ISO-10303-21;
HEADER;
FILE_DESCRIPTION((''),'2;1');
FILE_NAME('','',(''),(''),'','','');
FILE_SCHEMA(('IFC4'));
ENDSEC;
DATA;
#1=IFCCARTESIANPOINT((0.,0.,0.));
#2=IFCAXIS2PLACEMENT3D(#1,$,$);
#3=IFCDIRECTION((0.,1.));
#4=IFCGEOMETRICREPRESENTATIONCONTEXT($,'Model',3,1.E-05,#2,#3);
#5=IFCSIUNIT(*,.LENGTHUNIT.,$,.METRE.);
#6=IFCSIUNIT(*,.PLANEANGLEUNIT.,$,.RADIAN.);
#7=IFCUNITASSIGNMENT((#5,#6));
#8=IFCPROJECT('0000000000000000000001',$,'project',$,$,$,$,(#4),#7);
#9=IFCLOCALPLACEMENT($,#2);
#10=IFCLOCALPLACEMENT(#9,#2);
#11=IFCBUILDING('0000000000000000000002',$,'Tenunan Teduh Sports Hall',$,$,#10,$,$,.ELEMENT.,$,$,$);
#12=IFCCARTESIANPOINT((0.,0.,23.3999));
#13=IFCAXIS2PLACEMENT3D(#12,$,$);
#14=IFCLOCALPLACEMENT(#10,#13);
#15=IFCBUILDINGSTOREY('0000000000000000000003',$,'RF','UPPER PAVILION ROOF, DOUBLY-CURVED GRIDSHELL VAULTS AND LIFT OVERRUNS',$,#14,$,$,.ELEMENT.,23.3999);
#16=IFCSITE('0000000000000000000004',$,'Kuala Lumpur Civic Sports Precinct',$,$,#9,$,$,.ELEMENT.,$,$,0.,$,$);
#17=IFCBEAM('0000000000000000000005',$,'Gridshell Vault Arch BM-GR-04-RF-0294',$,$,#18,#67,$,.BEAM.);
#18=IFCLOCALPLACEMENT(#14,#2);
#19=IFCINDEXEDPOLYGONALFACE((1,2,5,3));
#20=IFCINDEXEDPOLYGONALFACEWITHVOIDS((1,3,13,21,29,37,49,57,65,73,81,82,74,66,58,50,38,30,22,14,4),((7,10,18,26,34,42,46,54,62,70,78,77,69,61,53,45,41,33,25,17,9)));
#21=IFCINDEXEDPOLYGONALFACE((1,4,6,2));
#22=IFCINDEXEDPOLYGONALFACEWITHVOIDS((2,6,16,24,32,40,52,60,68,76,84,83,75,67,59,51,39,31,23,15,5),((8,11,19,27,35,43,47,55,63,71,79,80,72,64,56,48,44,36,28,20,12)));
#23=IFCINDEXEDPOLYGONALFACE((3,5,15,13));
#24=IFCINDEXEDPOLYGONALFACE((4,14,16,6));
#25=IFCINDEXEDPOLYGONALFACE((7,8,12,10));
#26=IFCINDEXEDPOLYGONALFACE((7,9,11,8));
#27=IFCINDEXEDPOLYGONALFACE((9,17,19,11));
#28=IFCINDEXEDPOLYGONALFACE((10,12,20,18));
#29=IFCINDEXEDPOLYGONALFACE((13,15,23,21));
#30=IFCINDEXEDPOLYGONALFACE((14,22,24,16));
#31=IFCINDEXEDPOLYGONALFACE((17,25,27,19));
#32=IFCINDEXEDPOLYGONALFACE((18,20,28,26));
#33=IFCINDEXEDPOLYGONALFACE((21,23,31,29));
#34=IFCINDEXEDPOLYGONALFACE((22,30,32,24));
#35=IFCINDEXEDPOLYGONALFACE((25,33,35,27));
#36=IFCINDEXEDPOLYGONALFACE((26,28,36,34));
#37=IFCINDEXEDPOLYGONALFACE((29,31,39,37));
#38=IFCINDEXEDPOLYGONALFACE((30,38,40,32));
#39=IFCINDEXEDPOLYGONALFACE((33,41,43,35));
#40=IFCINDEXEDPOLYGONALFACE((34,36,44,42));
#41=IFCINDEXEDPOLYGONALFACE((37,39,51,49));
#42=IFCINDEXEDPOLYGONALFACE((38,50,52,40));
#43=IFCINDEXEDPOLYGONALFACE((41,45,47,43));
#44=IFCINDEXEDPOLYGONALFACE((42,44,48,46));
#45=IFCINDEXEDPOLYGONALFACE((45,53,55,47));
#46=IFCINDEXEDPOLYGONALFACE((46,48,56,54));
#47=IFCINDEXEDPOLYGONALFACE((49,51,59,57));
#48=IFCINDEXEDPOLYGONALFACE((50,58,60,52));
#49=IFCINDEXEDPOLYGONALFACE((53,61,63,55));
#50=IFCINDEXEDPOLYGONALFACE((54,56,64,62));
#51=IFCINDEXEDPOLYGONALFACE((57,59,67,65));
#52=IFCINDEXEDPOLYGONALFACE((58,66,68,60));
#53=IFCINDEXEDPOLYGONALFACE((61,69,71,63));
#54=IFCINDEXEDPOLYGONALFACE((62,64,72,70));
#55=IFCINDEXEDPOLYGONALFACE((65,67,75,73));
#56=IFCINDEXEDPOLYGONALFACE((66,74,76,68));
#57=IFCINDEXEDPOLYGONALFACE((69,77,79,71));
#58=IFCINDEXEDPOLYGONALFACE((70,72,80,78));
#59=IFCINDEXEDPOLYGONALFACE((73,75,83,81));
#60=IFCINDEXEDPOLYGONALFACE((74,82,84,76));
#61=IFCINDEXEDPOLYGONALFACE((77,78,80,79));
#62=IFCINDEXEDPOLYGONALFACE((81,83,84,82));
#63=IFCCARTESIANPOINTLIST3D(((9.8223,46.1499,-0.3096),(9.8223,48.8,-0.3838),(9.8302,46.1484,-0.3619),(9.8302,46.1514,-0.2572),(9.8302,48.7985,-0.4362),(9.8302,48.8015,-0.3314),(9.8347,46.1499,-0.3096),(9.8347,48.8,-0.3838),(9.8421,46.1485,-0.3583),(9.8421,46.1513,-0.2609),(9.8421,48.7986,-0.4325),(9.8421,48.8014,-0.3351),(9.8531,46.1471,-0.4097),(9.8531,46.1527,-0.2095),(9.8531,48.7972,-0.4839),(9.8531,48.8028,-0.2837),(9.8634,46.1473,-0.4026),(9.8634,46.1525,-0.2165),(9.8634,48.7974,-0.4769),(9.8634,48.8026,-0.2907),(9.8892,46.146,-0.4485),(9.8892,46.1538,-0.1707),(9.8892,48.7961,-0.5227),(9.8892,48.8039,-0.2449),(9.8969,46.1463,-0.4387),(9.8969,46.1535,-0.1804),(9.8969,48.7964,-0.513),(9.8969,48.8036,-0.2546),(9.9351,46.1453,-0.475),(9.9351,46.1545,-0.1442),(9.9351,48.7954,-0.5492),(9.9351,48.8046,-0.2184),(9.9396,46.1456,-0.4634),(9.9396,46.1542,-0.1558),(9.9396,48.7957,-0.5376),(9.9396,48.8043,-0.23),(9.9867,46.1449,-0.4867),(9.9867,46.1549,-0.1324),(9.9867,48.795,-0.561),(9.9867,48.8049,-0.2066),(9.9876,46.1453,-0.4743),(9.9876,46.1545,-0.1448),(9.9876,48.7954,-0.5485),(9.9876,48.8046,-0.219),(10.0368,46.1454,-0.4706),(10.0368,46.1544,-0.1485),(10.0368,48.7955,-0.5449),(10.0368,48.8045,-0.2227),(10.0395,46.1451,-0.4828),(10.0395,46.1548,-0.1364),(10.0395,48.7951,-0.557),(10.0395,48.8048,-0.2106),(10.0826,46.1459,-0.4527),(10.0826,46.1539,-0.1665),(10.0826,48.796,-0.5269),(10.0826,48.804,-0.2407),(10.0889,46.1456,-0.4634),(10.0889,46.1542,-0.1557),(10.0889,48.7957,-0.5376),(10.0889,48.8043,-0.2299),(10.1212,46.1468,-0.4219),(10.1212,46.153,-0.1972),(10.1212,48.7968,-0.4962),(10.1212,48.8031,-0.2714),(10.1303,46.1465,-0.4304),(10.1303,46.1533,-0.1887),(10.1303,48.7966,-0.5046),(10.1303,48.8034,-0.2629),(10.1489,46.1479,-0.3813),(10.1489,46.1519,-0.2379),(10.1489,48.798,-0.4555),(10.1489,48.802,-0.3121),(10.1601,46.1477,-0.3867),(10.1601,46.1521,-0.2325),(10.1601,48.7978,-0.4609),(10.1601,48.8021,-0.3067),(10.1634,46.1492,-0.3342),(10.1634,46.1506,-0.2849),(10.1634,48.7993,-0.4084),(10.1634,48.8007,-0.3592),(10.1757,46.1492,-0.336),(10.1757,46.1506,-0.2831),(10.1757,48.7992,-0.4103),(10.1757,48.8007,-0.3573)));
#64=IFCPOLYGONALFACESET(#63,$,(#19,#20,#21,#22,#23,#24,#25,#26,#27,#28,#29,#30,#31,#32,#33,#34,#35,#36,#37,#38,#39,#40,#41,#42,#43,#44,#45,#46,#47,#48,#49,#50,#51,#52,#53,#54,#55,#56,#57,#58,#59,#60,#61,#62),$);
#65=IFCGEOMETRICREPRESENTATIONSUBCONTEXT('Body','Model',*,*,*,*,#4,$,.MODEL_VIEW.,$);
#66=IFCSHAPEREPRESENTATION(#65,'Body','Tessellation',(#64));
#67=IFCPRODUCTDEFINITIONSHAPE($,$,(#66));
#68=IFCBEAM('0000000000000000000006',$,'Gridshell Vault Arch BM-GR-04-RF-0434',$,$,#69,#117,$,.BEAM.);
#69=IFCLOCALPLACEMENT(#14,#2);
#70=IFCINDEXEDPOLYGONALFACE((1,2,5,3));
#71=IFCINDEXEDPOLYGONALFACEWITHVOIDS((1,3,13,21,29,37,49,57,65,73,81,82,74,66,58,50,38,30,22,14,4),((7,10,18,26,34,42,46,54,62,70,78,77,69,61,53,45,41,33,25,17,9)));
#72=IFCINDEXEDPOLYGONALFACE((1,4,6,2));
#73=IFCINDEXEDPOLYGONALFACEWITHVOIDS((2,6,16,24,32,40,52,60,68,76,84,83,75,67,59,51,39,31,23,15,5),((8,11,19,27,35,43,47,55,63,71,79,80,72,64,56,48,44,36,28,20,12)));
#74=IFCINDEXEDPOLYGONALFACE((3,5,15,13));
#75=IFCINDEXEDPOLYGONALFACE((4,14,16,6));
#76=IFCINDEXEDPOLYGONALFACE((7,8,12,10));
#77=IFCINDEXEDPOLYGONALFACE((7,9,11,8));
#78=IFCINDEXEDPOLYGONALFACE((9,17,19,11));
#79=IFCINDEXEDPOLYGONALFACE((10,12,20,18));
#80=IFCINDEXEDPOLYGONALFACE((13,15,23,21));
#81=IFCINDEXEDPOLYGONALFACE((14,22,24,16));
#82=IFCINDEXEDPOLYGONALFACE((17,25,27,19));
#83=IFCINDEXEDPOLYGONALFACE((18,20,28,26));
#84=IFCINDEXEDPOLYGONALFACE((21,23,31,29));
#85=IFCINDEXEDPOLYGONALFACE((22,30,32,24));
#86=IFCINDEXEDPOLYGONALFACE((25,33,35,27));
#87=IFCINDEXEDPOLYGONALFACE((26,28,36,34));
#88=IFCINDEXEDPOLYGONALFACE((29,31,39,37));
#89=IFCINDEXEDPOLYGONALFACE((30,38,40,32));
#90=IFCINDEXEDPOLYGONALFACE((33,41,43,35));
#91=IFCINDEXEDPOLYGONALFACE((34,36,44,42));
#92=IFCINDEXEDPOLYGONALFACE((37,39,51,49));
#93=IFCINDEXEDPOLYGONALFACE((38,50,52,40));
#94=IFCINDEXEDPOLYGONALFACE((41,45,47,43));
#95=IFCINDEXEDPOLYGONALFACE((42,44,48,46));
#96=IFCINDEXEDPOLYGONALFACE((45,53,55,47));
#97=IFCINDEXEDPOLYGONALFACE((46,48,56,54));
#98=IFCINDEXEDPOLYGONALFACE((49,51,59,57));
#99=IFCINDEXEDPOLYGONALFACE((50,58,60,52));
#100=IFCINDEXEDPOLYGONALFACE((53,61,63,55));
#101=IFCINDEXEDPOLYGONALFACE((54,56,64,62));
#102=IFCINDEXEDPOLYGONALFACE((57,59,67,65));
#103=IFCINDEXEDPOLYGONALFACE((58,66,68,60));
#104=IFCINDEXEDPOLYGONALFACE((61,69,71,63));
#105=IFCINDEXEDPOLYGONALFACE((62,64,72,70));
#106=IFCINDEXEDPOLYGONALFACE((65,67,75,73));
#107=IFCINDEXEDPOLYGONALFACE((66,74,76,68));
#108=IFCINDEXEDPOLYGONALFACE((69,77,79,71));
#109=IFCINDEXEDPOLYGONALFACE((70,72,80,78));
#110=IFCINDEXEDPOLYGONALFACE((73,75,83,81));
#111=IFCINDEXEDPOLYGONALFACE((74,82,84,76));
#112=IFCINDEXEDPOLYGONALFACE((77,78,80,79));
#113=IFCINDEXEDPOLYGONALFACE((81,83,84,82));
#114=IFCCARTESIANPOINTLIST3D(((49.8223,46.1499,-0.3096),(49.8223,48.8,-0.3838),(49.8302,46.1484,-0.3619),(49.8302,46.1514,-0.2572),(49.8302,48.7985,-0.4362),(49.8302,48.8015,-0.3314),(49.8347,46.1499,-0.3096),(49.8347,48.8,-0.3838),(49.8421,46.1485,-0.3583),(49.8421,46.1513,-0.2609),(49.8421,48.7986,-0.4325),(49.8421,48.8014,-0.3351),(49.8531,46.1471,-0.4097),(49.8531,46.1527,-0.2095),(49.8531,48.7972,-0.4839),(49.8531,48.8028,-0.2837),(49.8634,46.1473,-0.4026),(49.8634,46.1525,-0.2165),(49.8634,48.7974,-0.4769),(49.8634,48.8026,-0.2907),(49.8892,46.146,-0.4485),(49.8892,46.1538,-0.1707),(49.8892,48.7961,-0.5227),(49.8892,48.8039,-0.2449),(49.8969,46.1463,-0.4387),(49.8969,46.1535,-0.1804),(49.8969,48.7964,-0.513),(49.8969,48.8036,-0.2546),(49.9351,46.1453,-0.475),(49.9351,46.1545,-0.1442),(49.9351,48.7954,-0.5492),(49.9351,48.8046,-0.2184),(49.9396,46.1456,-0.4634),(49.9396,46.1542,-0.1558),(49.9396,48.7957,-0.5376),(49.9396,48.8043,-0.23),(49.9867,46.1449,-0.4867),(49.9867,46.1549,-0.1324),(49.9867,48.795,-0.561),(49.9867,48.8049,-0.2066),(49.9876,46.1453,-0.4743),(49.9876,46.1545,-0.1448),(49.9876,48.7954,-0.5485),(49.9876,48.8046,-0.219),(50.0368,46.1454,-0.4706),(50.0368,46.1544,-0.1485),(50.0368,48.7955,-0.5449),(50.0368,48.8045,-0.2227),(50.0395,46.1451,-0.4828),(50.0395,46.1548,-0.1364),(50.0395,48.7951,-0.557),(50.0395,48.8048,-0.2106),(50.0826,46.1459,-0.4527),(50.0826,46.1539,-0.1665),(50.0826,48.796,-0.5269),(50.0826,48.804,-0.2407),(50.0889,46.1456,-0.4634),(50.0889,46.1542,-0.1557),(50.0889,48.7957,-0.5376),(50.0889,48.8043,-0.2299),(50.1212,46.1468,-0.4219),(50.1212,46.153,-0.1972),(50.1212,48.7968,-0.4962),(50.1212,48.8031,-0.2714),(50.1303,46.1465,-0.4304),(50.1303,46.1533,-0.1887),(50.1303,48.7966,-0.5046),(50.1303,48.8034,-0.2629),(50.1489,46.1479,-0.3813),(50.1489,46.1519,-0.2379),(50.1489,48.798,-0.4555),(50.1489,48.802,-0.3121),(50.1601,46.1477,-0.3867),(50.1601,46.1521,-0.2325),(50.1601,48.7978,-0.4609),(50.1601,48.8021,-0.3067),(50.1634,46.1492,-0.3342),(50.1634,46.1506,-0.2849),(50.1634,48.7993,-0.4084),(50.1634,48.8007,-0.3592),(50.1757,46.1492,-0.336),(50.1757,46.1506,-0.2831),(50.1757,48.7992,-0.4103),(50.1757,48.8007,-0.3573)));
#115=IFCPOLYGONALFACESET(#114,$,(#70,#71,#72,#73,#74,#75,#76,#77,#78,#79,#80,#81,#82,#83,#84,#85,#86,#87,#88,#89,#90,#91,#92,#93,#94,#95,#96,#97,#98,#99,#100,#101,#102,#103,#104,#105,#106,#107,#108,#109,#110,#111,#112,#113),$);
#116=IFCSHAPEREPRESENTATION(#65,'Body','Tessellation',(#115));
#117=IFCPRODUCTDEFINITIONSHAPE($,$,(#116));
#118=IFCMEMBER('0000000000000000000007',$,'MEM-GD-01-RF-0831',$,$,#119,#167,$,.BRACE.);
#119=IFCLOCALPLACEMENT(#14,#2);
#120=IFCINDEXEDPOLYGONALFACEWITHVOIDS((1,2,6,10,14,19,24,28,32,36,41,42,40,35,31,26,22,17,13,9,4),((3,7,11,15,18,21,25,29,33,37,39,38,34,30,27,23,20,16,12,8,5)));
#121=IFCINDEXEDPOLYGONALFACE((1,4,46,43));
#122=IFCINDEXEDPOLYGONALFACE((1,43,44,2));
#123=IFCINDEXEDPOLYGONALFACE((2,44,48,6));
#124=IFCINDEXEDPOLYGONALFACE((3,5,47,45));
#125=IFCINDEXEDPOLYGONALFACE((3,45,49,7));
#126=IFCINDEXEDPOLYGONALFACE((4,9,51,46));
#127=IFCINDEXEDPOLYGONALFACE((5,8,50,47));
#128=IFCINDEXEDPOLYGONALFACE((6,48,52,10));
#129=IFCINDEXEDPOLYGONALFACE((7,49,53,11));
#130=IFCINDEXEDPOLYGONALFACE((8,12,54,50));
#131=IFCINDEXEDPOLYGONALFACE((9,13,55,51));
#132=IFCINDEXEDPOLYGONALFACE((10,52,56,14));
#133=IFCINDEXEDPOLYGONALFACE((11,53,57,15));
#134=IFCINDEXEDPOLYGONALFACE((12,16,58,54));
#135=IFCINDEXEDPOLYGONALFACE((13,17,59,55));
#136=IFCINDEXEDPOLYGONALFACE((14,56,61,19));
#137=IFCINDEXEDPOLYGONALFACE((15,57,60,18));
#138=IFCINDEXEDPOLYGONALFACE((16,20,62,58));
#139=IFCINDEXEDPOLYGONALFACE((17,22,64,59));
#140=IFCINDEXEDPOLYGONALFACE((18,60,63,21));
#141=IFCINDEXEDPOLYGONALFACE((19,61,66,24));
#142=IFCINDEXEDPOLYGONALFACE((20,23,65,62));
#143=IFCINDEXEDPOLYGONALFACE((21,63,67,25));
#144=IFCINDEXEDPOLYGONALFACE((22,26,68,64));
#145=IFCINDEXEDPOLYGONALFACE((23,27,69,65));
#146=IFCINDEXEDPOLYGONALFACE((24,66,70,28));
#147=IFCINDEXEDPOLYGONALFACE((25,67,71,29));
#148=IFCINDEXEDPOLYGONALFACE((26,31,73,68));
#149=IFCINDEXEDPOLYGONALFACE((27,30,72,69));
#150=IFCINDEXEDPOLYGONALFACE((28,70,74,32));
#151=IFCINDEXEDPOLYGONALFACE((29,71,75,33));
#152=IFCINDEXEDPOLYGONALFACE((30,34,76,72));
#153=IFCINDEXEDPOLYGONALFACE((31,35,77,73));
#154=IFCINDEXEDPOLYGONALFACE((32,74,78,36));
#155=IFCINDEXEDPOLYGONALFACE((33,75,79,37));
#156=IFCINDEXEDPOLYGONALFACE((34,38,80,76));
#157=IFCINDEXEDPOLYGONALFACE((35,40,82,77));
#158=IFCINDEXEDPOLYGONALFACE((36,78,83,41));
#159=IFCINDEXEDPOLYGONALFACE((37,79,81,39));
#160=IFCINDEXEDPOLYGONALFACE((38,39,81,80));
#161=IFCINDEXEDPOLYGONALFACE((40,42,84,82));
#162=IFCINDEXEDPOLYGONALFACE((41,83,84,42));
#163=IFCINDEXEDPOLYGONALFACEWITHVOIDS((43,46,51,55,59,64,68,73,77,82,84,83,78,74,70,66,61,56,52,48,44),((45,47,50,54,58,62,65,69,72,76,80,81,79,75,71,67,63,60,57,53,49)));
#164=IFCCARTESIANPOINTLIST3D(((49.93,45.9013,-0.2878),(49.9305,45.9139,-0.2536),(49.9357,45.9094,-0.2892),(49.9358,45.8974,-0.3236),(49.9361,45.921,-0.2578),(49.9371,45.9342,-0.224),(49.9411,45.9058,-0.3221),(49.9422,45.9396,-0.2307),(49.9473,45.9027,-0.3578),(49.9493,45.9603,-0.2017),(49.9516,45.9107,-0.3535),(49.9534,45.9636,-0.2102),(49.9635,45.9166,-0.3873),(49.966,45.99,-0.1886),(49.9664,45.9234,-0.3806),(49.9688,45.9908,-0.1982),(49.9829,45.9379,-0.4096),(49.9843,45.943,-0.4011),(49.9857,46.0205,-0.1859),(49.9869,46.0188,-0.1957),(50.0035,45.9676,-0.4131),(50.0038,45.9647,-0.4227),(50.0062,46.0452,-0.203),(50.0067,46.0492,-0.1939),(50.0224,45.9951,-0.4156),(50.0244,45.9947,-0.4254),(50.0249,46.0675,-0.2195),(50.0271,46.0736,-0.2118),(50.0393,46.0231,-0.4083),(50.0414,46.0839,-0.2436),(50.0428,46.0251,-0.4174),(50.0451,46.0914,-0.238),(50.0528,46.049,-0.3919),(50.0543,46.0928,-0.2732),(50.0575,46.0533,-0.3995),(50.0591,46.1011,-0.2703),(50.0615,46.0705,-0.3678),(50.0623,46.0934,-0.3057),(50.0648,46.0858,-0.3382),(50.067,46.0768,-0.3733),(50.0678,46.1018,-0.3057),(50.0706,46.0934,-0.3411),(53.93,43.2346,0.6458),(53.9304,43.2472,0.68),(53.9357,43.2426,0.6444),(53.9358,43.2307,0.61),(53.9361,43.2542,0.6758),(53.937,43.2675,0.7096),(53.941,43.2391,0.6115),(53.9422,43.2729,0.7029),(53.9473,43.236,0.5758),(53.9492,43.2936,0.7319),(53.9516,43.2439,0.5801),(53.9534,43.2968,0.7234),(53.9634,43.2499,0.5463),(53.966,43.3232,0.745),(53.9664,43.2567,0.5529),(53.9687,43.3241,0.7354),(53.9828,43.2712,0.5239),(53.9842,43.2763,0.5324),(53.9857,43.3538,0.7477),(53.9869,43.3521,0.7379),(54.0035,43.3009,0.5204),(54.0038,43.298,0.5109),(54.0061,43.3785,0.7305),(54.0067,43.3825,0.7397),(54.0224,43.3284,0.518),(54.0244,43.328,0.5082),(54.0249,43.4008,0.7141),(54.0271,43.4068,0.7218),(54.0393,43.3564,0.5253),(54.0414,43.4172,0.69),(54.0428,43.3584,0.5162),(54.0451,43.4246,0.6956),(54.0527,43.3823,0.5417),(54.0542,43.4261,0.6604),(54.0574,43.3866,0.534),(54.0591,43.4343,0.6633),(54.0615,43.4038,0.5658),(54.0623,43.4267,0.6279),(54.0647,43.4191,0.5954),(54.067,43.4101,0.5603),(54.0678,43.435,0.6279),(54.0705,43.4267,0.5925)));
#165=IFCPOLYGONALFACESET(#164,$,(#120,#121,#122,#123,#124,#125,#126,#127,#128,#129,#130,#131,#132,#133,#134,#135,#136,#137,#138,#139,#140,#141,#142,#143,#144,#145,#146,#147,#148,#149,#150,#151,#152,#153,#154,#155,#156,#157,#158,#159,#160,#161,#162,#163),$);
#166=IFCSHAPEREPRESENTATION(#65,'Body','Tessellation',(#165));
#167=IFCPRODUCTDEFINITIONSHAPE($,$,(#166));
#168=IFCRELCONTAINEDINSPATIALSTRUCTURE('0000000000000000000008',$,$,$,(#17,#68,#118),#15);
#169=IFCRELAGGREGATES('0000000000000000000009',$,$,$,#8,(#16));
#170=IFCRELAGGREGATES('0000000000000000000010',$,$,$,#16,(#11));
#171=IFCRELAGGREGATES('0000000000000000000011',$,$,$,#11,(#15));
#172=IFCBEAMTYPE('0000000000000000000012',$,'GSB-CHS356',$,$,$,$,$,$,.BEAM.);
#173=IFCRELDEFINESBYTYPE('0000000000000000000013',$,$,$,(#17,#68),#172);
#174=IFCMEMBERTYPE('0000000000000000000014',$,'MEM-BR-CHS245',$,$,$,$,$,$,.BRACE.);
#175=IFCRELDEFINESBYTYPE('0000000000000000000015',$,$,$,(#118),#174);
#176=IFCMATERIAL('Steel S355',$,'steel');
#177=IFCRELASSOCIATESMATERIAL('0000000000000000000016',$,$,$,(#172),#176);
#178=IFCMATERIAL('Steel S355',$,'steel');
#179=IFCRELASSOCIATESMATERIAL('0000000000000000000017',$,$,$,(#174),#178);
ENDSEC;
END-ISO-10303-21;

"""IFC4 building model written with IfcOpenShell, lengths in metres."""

from ifc_helpers import new_model, si_unit, direction, frame, origin, origin_2d, place, context, subcontext, project, spatial, hollow_circle, extrude, material, material_profile, profile_set, type_object, element, save


model = new_model("IFC4")

# Units and contexts
model_context = context("Model", 3, precision=1e-05, world=origin(), true_north=direction((0.0, 1.0)))
body_context = subcontext(model_context, "Body", "Model", "MODEL_VIEW")
ifc_project = project(units=[si_unit("LENGTHUNIT", "METRE"), si_unit("PLANEANGLEUNIT", "RADIAN")], contexts=[model_context])

# Site, building, storey
site_placement = place(None, origin())
site = spatial("IfcSite", under=ifc_project, at=site_placement, Name="Kuala Lumpur Civic Sports Precinct", CompositionType="ELEMENT", RefElevation=0.0)
building_placement = place(site_placement, origin())
building = spatial("IfcBuilding", under=site, at=building_placement, Name="Tenunan Teduh Sports Hall", CompositionType="ELEMENT")
storey_placement = place(building_placement, frame((0.0, 0.0, 23.3999)))
storey = spatial("IfcBuildingStorey", under=building, at=storey_placement, Name="RF", Description="UPPER PAVILION ROOF, DOUBLY-CURVED GRIDSHELL VAULTS AND LIFT OVERRUNS", CompositionType="ELEMENT", Elevation=23.3999)

# Beams
ifc_material_1 = material(Name="Steel S355", Category="steel")
ifc_material_profile_1 = material_profile(ifc_material_1, hollow_circle(Radius=0.1777, WallThickness=0.0125, at=origin_2d()), Name="CHS 355.6x12.5")
ifc_profile_set_1 = profile_set([ifc_material_profile_1], Name="Steel S355")
beam_type = type_object("IfcBeamType", Name="GSB-CHS356", PredefinedType="BEAM", material=ifc_profile_set_1)
for number, where, z_axis, x_axis, name in (
    (1, (10.0, 46.1499, -0.3096), (0.0, 0.999608, -0.027995), (-1.0, 0.0, 0.0), "Gridshell Vault Arch BM-GR-04-RF-0294"),
    (2, (50.0, 46.1499, -0.3096), (0.0, 0.999608, -0.027995), (-1.0, 0.0, 0.0), "Gridshell Vault Arch BM-GR-04-RF-0434"),
):
    element("IfcBeam", number, at=place(storey_placement, frame(where, z_axis=z_axis, x_axis=x_axis)), inside=storey, type_object=beam_type, Name=name, PredefinedType="BEAM", context=body_context, shape_type="SweptSolid", body=[
        extrude(hollow_circle(Radius=0.1777, WallThickness=0.0125, at=origin_2d()), origin(), (0.0, 0.0, 1.0), 2.6511),
    ])

# Member
ifc_material_2 = material(Name="Steel S355", Category="steel")
ifc_material_profile_2 = material_profile(ifc_material_2, hollow_circle(Radius=0.1223, WallThickness=0.01, at=origin_2d()), Name="CHS 244.5x10.0")
ifc_profile_set_2 = profile_set([ifc_material_profile_2], Name="Steel S355")
member_type_1 = type_object("IfcMemberType", Name="MEM-BR-CHS245", PredefinedType="BRACE", material=ifc_profile_set_2)
member_1_placement = place(storey_placement, frame((50.0, 46.0, -0.3057), z_axis=(0.816783, -0.544539, 0.190636), x_axis=(0.554712, 0.832042, 0.0)))
element("IfcMember", 3, at=member_1_placement, inside=storey, type_object=member_type_1, Name="MEM-GD-01-RF-0831", PredefinedType="BRACE", context=body_context, shape_type="SweptSolid", body=[
    extrude(hollow_circle(Radius=0.1223, WallThickness=0.01, at=origin_2d()), origin(), (0.0, 0.0, 1.0), 4.8972),
])

save(model, "model.ifc")
